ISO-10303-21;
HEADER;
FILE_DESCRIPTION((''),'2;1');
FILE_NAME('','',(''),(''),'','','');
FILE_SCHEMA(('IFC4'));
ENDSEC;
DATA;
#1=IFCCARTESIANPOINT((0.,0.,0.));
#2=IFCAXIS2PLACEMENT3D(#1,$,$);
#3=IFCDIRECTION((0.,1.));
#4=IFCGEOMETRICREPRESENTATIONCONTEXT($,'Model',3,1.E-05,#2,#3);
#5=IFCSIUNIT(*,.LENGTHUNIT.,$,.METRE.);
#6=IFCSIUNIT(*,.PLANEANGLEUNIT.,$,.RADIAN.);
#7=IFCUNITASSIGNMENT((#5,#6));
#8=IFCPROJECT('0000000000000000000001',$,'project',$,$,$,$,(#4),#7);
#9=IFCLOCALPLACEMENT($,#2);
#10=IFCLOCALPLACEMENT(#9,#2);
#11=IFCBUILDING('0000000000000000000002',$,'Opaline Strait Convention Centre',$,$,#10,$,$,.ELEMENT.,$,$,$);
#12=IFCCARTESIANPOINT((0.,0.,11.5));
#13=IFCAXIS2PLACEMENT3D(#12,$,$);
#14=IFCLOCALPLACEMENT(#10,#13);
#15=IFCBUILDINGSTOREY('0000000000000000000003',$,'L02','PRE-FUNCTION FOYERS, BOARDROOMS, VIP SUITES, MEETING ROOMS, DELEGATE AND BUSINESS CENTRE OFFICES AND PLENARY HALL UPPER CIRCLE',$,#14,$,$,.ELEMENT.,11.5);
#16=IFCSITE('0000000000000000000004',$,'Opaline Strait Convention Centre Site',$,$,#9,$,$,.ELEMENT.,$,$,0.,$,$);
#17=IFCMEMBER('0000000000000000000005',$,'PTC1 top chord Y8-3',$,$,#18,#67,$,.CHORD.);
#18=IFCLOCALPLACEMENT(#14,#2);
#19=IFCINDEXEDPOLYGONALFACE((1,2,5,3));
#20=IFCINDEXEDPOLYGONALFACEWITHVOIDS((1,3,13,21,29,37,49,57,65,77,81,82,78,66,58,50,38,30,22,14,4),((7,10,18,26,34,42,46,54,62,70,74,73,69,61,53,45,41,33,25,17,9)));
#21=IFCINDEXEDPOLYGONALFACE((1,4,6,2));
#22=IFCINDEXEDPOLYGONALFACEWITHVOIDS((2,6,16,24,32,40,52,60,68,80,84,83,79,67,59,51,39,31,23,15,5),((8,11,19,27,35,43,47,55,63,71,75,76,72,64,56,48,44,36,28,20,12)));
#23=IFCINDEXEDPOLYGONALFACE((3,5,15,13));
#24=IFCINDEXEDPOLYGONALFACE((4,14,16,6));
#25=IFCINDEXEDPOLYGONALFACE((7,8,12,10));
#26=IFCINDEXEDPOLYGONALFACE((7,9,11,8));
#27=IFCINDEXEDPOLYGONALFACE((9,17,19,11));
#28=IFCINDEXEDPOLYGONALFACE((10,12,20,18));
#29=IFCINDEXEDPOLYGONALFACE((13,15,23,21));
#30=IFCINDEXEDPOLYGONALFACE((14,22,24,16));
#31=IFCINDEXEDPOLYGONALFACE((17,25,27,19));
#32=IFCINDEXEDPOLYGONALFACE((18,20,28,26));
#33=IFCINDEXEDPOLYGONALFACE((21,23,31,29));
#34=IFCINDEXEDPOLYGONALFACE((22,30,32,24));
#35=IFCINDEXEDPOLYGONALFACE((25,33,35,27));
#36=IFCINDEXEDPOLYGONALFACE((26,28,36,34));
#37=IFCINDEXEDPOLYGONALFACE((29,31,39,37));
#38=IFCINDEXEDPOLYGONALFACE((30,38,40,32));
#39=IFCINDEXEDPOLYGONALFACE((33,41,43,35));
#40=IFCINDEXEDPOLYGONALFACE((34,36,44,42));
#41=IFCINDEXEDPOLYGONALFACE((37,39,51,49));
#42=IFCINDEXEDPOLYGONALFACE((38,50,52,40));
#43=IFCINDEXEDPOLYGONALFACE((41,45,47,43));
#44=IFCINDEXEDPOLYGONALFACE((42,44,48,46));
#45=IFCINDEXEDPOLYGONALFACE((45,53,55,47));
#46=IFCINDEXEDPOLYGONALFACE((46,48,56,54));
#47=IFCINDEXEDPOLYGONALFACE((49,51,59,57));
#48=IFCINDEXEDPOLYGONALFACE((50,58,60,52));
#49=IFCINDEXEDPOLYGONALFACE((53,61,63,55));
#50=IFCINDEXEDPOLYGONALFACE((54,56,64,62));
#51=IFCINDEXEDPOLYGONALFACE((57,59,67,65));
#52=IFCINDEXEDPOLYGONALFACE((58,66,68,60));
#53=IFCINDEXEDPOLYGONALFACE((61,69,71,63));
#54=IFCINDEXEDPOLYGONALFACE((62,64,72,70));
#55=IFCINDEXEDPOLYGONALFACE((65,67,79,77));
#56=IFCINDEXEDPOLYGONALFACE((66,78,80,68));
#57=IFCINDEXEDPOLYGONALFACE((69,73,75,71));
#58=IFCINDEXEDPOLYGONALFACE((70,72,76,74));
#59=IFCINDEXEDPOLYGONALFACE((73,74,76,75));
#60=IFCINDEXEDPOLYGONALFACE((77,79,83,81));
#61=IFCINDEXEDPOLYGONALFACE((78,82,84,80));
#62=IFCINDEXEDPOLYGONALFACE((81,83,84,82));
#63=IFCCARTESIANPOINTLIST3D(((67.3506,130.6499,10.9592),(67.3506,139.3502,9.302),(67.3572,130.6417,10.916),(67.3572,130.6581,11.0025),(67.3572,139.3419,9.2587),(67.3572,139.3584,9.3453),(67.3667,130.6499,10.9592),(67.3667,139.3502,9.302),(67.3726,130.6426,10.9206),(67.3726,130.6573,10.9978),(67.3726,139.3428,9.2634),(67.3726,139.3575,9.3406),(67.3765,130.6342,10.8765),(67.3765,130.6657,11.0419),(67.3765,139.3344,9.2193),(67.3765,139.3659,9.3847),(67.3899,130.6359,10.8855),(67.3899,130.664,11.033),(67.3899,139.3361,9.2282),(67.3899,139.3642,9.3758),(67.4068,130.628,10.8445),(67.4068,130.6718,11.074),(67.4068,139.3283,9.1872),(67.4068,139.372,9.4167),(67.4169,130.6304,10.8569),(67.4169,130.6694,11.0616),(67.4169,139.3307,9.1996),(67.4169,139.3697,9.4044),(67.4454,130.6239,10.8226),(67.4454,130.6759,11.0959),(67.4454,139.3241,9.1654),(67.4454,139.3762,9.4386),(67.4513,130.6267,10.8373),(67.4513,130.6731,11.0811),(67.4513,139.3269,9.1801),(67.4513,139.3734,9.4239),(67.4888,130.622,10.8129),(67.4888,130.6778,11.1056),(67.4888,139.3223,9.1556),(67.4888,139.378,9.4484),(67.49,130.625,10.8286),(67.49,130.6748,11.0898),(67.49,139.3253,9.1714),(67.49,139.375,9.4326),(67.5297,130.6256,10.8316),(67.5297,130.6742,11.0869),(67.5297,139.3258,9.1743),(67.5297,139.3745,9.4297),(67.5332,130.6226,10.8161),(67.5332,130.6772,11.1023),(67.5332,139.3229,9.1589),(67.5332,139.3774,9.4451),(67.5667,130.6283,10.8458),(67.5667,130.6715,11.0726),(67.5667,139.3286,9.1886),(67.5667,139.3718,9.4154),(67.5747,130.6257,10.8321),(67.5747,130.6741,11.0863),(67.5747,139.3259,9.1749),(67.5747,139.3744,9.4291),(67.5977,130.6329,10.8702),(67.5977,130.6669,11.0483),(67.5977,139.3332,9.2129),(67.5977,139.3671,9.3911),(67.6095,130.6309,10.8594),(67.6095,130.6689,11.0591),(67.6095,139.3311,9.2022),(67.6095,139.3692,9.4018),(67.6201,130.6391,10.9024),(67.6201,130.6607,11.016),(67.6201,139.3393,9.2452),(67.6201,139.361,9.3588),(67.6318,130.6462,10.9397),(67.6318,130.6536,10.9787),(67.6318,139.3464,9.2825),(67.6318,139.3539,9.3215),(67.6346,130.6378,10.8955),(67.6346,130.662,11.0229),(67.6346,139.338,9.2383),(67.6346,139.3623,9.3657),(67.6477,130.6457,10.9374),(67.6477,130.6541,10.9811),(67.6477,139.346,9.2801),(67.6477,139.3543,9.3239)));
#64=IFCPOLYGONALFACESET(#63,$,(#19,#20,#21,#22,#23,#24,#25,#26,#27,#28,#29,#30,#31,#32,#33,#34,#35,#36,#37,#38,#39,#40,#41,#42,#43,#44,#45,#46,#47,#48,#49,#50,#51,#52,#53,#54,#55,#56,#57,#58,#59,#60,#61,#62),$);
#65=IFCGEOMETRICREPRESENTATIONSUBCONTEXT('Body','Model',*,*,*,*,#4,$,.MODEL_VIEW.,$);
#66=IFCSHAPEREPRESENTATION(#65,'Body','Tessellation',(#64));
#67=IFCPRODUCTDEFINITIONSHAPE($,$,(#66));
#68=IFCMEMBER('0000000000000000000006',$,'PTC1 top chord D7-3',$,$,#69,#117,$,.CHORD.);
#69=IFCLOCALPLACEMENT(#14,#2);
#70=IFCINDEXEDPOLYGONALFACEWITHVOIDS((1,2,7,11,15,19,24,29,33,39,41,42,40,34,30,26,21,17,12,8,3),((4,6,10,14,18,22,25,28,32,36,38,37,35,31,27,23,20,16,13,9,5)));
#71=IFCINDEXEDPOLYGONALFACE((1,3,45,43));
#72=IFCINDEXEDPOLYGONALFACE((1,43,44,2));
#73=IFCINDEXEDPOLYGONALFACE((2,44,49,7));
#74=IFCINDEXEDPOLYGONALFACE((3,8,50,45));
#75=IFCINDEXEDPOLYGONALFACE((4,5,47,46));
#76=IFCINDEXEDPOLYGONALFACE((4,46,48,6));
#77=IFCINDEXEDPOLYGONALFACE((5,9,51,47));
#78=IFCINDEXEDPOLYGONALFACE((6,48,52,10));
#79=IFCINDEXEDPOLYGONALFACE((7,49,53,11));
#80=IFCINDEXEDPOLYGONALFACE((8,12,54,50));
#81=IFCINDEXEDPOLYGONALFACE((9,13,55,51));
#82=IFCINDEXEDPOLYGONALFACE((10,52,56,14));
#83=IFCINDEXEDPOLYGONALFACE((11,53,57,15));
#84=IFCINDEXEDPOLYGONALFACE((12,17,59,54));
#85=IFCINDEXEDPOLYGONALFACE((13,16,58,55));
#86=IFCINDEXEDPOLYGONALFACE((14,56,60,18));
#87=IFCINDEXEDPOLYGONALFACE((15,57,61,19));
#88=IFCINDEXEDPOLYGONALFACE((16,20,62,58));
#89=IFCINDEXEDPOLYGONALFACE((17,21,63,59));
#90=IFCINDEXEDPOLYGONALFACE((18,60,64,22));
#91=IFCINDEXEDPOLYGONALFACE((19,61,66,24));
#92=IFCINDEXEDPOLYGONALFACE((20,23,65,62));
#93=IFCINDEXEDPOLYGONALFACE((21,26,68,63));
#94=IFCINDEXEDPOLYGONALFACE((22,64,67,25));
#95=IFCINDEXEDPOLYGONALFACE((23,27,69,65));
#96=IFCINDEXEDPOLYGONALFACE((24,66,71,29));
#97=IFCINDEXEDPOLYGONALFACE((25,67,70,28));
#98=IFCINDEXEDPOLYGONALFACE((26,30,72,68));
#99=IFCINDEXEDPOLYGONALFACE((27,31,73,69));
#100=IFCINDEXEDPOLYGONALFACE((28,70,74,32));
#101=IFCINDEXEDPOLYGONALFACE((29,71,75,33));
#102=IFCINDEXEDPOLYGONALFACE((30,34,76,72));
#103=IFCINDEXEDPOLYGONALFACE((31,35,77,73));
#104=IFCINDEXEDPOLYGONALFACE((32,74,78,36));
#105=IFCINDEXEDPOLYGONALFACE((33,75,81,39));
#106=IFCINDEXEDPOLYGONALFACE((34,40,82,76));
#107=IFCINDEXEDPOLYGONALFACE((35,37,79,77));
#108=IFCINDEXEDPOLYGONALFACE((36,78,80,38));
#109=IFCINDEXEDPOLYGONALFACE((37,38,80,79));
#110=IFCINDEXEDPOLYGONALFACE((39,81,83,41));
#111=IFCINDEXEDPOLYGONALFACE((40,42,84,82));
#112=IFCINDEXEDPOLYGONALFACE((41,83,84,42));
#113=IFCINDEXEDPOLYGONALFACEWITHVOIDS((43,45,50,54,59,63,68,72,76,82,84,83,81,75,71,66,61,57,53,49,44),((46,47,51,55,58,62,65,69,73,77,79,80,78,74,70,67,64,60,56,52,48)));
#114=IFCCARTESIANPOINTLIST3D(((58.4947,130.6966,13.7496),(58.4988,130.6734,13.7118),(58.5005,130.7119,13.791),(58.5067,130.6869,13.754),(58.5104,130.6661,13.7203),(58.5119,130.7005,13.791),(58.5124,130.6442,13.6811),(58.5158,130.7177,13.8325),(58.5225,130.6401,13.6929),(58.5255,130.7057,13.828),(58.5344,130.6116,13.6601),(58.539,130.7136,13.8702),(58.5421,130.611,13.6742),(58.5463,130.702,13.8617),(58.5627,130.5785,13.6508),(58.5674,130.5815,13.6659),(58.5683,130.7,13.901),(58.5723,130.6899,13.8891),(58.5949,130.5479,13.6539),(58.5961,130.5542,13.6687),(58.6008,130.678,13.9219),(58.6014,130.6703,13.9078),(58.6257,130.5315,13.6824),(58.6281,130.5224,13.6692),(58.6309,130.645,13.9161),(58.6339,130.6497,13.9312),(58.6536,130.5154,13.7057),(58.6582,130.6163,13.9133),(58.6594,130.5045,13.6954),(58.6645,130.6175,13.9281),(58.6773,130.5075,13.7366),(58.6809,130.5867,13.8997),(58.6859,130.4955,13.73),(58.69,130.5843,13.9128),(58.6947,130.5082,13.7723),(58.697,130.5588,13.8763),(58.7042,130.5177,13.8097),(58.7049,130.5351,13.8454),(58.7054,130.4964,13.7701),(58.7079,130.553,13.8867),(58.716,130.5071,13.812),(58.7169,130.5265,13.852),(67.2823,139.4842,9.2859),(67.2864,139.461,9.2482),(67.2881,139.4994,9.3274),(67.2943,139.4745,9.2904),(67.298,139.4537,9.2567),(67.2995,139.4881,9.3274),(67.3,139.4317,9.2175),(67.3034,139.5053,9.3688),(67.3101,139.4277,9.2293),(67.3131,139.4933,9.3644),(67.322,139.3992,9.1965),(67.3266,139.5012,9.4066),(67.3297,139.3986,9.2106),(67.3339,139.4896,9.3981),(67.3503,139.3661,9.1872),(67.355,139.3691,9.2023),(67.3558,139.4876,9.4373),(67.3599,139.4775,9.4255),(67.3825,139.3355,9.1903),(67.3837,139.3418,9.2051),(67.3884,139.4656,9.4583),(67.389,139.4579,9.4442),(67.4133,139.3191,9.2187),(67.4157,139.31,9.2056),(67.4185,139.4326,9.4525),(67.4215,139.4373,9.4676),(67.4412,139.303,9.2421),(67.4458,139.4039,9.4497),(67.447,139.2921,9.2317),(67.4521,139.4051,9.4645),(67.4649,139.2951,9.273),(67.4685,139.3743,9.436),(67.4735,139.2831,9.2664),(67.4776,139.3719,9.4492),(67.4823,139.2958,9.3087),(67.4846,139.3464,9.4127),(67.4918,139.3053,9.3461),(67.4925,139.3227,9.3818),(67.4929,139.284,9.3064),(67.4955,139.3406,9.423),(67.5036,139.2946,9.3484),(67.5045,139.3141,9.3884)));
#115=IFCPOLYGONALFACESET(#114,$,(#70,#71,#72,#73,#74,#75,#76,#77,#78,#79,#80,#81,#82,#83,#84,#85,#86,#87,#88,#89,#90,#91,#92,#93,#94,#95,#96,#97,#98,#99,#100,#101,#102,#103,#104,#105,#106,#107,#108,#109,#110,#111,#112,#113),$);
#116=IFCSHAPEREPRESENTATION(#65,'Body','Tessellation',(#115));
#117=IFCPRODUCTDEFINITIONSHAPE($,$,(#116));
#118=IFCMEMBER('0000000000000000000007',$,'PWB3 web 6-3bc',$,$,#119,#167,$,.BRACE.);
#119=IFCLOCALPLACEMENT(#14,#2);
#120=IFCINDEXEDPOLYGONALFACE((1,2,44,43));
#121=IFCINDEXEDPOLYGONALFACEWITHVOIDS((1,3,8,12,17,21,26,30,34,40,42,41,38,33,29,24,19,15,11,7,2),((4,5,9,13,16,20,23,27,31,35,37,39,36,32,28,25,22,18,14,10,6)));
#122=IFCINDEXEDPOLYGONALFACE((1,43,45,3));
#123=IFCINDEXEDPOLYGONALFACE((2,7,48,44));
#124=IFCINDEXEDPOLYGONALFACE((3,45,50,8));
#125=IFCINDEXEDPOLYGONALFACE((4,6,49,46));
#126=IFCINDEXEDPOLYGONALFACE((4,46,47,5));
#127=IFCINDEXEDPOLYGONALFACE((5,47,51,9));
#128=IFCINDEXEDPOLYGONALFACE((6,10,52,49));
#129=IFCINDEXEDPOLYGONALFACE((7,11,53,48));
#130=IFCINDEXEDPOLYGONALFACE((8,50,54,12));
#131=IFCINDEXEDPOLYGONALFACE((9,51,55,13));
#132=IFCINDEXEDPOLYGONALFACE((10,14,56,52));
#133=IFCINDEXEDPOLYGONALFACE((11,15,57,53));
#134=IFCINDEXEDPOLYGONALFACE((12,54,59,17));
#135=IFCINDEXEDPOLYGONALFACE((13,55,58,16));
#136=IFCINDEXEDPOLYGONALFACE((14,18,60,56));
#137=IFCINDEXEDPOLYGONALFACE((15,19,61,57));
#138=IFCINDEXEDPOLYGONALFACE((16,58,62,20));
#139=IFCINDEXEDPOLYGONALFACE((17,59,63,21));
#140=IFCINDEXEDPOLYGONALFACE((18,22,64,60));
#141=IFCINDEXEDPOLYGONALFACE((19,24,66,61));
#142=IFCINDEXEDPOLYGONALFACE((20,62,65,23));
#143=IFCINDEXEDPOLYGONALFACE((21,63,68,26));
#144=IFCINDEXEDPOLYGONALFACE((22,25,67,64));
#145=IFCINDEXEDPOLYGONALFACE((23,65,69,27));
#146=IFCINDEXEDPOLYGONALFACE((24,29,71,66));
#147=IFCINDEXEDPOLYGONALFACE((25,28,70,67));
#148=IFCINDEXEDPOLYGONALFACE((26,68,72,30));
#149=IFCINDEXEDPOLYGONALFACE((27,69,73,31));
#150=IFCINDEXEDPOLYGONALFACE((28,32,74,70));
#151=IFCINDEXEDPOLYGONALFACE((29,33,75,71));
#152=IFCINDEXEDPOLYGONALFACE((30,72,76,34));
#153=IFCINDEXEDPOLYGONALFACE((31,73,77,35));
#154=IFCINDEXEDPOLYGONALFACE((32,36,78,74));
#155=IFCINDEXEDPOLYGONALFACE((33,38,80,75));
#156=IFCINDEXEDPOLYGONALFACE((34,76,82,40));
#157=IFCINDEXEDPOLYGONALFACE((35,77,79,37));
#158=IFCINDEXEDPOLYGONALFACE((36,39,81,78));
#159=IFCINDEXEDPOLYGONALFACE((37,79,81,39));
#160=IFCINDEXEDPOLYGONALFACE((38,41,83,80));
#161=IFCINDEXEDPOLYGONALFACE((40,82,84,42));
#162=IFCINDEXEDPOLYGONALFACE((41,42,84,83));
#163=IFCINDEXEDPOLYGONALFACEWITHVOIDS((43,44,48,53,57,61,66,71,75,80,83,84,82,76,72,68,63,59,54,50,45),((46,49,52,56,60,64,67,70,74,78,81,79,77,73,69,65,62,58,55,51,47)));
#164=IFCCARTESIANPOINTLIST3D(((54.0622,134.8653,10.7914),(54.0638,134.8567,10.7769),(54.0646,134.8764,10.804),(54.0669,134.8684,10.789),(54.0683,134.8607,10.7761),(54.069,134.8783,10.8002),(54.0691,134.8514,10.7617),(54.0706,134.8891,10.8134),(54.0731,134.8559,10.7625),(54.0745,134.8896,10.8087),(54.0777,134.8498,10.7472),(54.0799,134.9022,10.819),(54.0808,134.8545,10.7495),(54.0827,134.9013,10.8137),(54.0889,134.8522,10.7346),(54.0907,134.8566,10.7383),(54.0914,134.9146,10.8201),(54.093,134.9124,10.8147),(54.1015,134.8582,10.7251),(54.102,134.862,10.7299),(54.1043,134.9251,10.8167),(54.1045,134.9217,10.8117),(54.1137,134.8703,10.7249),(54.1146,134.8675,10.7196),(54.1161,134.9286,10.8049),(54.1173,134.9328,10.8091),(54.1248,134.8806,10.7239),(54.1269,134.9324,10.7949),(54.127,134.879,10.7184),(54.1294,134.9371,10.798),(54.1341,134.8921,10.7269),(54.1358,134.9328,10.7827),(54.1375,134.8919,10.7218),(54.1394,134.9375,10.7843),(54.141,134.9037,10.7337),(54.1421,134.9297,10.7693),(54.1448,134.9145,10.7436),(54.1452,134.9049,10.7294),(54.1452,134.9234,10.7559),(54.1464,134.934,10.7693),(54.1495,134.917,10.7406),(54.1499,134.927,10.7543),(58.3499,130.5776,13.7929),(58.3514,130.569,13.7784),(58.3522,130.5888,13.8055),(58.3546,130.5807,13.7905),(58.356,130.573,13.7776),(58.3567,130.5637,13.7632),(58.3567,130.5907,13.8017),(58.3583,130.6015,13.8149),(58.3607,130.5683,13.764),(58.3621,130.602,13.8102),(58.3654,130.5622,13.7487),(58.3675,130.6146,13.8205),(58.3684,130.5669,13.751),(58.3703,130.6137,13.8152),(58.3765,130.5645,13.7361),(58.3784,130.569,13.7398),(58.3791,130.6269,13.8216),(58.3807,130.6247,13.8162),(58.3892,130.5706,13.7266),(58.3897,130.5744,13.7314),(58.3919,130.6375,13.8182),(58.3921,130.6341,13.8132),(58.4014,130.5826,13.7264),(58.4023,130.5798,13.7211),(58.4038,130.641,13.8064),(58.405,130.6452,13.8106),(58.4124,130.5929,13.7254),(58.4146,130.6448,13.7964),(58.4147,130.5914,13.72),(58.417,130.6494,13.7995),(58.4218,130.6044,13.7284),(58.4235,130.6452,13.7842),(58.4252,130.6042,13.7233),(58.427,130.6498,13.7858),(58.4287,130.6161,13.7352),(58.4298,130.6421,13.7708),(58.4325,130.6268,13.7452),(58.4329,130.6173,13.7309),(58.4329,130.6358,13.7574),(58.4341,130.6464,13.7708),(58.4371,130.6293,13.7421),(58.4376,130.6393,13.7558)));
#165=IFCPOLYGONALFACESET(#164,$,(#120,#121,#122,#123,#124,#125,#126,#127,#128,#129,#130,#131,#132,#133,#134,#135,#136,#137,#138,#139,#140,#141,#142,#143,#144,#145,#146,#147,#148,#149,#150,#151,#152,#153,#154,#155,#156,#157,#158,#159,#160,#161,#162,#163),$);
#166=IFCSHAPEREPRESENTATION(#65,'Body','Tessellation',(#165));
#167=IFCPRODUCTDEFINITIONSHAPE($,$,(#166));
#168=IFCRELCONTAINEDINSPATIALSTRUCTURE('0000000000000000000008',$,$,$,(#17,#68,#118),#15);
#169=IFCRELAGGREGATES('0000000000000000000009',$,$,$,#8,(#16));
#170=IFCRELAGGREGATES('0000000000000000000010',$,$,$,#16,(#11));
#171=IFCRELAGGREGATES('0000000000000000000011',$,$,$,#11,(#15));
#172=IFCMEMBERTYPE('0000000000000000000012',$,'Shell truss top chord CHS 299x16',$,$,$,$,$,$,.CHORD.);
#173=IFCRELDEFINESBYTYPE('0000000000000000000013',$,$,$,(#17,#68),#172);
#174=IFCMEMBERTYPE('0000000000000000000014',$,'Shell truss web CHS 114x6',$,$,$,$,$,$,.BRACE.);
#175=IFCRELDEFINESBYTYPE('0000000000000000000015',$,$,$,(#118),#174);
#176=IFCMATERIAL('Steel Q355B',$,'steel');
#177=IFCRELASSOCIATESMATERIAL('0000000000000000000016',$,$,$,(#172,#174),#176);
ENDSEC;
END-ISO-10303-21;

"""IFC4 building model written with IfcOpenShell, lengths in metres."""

from ifc_helpers import new_model, si_unit, direction, frame, origin, origin_2d, place, context, subcontext, project, spatial, hollow_circle, extrude, material, material_profile, profile_set, type_object, element, save


model = new_model("IFC4")

# Units and contexts
model_context = context("Model", 3, precision=1e-05, world=origin(), true_north=direction((0.0, 1.0)))
body_context = subcontext(model_context, "Body", "Model", "MODEL_VIEW")
ifc_project = project(units=[si_unit("LENGTHUNIT", "METRE"), si_unit("PLANEANGLEUNIT", "RADIAN")], contexts=[model_context])

# Site, building, storey
site_placement = place(None, origin())
site = spatial("IfcSite", under=ifc_project, at=site_placement, Name="Opaline Strait Convention Centre Site", CompositionType="ELEMENT", RefElevation=0.0)
building_placement = place(site_placement, origin())
building = spatial("IfcBuilding", under=site, at=building_placement, Name="Opaline Strait Convention Centre", CompositionType="ELEMENT")
storey_placement = place(building_placement, frame((0.0, 0.0, 11.5)))
storey = spatial("IfcBuildingStorey", under=building, at=storey_placement, Name="L02", Description="PRE-FUNCTION FOYERS, BOARDROOMS, VIP SUITES, MEETING ROOMS, DELEGATE AND BUSINESS CENTRE OFFICES AND PLENARY HALL UPPER CIRCLE", CompositionType="ELEMENT", Elevation=11.5)

# Members
ifc_material_1 = material(Name="Steel Q355B", Category="steel")
ifc_material_profile_1 = material_profile(ifc_material_1, hollow_circle(Radius=0.1494, WallThickness=0.0161, at=origin_2d()), Name="CHS 299x16")
ifc_profile_set_1 = profile_set([ifc_material_profile_1], Name="Steel Q355B")
member_type_1 = type_object("IfcMemberType", Name="Shell truss top chord CHS 299x16", PredefinedType="CHORD", material=ifc_profile_set_1)
for number, where, z_axis, x_axis, name in (
    (1, (67.5, 130.6499, 10.9592), (0.0, 0.982338, -0.187117), (-1.0, 0.0, 0.0), "PTC1 top chord Y8-3"),
):
    element("IfcMember", number, at=place(storey_placement, frame(where, z_axis=z_axis, x_axis=x_axis)), inside=storey, type_object=member_type_1, Name=name, PredefinedType="CHORD", context=body_context, shape_type="SweptSolid", body=[
        extrude(hollow_circle(Radius=0.1494, WallThickness=0.0161, at=origin_2d()), origin(), (0.0, 0.0, 1.0), 8.8567),
    ])
member_1_placement = place(storey_placement, frame((58.6062, 130.6062, 13.791), z_axis=(0.665483, 0.665483, -0.338029), x_axis=(-0.707107, 0.707107, 0.0)))
element("IfcMember", 2, at=member_1_placement, inside=storey, type_object=member_type_1, Name="PTC1 top chord D7-3", PredefinedType="CHORD", context=body_context, shape_type="SweptSolid", body=[
    extrude(hollow_circle(Radius=0.1494, WallThickness=0.0161, at=origin_2d()), origin(), (0.0, 0.0, 1.0), 13.2048),
])
ifc_material_profile_2 = material_profile(ifc_material_1, hollow_circle(Radius=0.0569, WallThickness=0.0061, at=origin_2d()), Name="CHS 114x6")
ifc_profile_set_2 = profile_set([ifc_material_profile_2], Name="Steel Q355B")
member_type_2 = type_object("IfcMemberType", Name="Shell truss web CHS 114x6", PredefinedType="BRACE", material=ifc_profile_set_2)
member_2_placement = place(storey_placement, frame((54.1062, 134.8938, 10.7693), z_axis=(0.633718, -0.633718, 0.443624), x_axis=(0.707107, 0.707107, 0.0)))
element("IfcMember", 3, at=member_2_placement, inside=storey, type_object=member_type_2, Name="PWB3 web 6-3bc", PredefinedType="BRACE", context=body_context, shape_type="SweptSolid", body=[
    extrude(hollow_circle(Radius=0.0569, WallThickness=0.0061, at=origin_2d()), origin(), (0.0, 0.0, 1.0), 6.7659),
])

save(model, "model.ifc")
